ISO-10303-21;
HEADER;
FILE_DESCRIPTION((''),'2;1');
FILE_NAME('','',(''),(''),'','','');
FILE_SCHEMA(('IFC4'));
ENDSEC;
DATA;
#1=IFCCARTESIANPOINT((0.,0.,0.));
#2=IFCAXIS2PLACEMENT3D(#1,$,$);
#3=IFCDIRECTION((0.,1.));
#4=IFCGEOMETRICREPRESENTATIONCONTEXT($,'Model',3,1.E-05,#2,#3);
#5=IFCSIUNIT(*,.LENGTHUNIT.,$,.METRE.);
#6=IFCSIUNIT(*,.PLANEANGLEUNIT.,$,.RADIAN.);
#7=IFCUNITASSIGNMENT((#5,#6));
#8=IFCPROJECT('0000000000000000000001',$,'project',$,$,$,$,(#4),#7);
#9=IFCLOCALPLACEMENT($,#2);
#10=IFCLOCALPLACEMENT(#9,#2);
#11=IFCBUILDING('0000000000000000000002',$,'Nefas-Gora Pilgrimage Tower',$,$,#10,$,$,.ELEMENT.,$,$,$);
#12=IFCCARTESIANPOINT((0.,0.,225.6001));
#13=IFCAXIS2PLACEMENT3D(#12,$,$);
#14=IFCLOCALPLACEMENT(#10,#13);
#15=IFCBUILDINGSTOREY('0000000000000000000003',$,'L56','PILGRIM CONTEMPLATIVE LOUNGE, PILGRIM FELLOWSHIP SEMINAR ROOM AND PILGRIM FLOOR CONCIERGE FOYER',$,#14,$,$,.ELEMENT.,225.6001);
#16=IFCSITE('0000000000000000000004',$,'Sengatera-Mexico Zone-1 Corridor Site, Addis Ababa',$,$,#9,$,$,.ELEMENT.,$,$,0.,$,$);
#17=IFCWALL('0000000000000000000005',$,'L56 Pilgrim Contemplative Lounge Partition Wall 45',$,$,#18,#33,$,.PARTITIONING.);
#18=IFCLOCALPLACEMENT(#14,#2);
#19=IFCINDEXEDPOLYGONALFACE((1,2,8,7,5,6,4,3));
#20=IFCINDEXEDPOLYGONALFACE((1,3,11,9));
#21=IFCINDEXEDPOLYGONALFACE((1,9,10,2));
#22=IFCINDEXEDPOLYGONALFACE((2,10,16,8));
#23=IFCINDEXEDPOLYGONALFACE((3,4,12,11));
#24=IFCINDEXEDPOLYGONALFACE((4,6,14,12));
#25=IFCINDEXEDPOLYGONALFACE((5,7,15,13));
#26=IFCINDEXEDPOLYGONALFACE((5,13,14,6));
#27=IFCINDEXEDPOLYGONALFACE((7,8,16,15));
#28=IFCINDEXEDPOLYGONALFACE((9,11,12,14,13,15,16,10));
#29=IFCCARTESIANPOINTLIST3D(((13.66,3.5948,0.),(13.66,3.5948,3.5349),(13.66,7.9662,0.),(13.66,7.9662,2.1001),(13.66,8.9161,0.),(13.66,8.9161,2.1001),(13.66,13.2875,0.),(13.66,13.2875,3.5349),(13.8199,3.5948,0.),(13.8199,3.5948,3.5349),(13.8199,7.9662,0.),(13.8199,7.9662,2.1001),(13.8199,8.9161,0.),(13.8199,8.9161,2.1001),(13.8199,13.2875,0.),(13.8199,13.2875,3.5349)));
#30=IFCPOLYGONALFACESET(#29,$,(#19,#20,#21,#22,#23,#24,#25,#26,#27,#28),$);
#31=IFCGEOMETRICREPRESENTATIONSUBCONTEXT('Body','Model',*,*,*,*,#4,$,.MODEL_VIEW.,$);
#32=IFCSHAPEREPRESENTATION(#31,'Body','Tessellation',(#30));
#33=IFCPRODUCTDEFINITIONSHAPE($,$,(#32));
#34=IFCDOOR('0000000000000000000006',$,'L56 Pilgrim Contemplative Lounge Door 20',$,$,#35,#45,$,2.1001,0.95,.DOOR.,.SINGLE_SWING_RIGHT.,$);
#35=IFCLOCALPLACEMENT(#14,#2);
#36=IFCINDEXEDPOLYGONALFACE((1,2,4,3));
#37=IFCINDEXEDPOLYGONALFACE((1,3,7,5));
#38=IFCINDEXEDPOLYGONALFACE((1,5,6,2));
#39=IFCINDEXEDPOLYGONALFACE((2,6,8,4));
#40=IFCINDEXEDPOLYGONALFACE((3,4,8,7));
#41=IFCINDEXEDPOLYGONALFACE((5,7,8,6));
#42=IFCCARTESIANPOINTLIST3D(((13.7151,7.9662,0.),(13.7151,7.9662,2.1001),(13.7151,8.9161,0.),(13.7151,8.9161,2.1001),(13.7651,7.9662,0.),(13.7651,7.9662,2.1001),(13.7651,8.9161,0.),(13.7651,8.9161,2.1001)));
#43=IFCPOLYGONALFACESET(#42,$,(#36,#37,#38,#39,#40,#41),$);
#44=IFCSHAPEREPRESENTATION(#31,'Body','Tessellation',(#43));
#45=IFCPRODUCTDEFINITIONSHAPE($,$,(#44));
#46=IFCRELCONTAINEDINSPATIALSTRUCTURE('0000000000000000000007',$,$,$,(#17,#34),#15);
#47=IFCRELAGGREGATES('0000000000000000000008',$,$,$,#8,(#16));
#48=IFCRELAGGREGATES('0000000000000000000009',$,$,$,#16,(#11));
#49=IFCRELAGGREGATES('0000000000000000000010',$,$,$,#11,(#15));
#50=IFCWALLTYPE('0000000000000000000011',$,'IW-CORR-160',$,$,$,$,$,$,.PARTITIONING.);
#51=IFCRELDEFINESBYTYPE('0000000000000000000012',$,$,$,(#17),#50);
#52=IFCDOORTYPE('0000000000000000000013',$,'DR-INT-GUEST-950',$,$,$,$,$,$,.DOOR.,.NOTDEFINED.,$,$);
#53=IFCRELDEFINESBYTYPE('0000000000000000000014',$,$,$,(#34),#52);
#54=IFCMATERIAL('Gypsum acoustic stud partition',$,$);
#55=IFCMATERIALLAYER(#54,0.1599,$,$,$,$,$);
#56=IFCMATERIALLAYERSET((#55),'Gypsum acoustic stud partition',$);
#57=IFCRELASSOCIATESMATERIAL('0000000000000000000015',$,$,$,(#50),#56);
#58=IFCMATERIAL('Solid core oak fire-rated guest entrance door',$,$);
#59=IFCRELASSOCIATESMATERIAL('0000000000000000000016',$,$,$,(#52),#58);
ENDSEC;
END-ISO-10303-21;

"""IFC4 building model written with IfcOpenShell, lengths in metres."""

from ifc_helpers import new_model, si_unit, direction, frame, frame_2d, origin, place, context, subcontext, project, spatial, rectangle, extrude, source, transform, mapped, material, layer, layer_set, type_object, element, fill, save


model = new_model("IFC4")

# Units and contexts
model_context = context("Model", 3, precision=1e-05, world=origin(), true_north=direction((0.0, 1.0)))
body_context = subcontext(model_context, "Body", "Model", "MODEL_VIEW")
ifc_project = project(units=[si_unit("LENGTHUNIT", "METRE"), si_unit("PLANEANGLEUNIT", "RADIAN")], contexts=[model_context])

# Site, building, storey
site_placement = place(None, origin())
site = spatial("IfcSite", under=ifc_project, at=site_placement, Name="Sengatera-Mexico Zone-1 Corridor Site, Addis Ababa", CompositionType="ELEMENT", RefElevation=0.0)
building_placement = place(site_placement, origin())
building = spatial("IfcBuilding", under=site, at=building_placement, Name="Nefas-Gora Pilgrimage Tower", CompositionType="ELEMENT")
storey_placement = place(building_placement, frame((0.0, 0.0, 225.6001)))
storey = spatial("IfcBuildingStorey", under=building, at=storey_placement, Name="L56", Description="PILGRIM CONTEMPLATIVE LOUNGE, PILGRIM FELLOWSHIP SEMINAR ROOM AND PILGRIM FLOOR CONCIERGE FOYER", CompositionType="ELEMENT", Elevation=225.6001)

# Wall, opening, door
ifc_material_1 = material(Name="Gypsum acoustic stud partition")
ifc_layer_1 = layer(ifc_material_1, 0.1599)
ifc_layer_set_1 = layer_set([ifc_layer_1], Name="Gypsum acoustic stud partition")
wall_type_1 = type_object("IfcWallType", Name="IW-CORR-160", PredefinedType="PARTITIONING", material=ifc_layer_set_1)
shared_shape_1 = source(origin(), body_context, "Body", "SweptSolid", [
    extrude(rectangle(XDim=9.6926, YDim=0.1599, at=frame_2d((4.8462, 0.0))), origin(), (0.0, 0.0, 1.0), 3.5349),
])
wall_1_placement = place(storey_placement, frame((13.74, 3.595, 0.0), z_axis=(0.0, 0.0, 1.0), x_axis=(0.0, 1.0, 0.0)))
wall_1 = element("IfcWall", 1, at=wall_1_placement, inside=storey, type_object=wall_type_1, Name="L56 Pilgrim Contemplative Lounge Partition Wall 45", PredefinedType="PARTITIONING", context=body_context, shape_type="MappedRepresentation", body=[
    mapped(shared_shape_1, transform((0.0, 0.0, 0.0), x_axis=(1.0, 0.0, 0.0), y_axis=(0.0, 1.0, 0.0), z_axis=(0.0, 0.0, 1.0), scale=1.0)),
])
opening_placement = place(wall_1_placement, frame((4.3711, 0.0, 0.0)))
opening = element("IfcOpeningElement", 2, at=opening_placement, cuts=wall_1, PredefinedType="OPENING", context=body_context, shape_type="SweptSolid", body=[
    extrude(rectangle(XDim=0.95, YDim=2.1001, at=frame_2d((0.4751, 1.05))), frame((0.0, 0.0898, 0.0), z_axis=(0.0, -1.0, 0.0), x_axis=(1.0, 0.0, 0.0)), (0.0, 0.0, 1.0), 0.1799),
])
ifc_material_2 = material(Name="Solid core oak fire-rated guest entrance door")
door_type = type_object("IfcDoorType", Name="DR-INT-GUEST-950", OperationType="NOTDEFINED", PredefinedType="DOOR", material=ifc_material_2)
shared_shape_2 = source(origin(), body_context, "Body", "SweptSolid", [
    extrude(rectangle(XDim=0.95, YDim=2.1001, at=frame_2d((0.4751, 1.05))), frame((0.0, 0.0249, 0.0), z_axis=(0.0, -1.0, 0.0), x_axis=(1.0, 0.0, 0.0)), (0.0, 0.0, 1.0), 0.05),
])
door_placement = place(opening_placement, origin())
door = element("IfcDoor", 3, at=door_placement, inside=storey, type_object=door_type, Name="L56 Pilgrim Contemplative Lounge Door 20", OperationType="SINGLE_SWING_RIGHT", OverallHeight=2.1001, OverallWidth=0.95, PredefinedType="DOOR", context=body_context, shape_type="MappedRepresentation", body=[
    mapped(shared_shape_2, transform((0.0, 0.0, 0.0), x_axis=(1.0, 0.0, 0.0), y_axis=(0.0, 1.0, 0.0), z_axis=(0.0, 0.0, 1.0), scale=1.0)),
])
fill(opening, door)

save(model, "model.ifc")
